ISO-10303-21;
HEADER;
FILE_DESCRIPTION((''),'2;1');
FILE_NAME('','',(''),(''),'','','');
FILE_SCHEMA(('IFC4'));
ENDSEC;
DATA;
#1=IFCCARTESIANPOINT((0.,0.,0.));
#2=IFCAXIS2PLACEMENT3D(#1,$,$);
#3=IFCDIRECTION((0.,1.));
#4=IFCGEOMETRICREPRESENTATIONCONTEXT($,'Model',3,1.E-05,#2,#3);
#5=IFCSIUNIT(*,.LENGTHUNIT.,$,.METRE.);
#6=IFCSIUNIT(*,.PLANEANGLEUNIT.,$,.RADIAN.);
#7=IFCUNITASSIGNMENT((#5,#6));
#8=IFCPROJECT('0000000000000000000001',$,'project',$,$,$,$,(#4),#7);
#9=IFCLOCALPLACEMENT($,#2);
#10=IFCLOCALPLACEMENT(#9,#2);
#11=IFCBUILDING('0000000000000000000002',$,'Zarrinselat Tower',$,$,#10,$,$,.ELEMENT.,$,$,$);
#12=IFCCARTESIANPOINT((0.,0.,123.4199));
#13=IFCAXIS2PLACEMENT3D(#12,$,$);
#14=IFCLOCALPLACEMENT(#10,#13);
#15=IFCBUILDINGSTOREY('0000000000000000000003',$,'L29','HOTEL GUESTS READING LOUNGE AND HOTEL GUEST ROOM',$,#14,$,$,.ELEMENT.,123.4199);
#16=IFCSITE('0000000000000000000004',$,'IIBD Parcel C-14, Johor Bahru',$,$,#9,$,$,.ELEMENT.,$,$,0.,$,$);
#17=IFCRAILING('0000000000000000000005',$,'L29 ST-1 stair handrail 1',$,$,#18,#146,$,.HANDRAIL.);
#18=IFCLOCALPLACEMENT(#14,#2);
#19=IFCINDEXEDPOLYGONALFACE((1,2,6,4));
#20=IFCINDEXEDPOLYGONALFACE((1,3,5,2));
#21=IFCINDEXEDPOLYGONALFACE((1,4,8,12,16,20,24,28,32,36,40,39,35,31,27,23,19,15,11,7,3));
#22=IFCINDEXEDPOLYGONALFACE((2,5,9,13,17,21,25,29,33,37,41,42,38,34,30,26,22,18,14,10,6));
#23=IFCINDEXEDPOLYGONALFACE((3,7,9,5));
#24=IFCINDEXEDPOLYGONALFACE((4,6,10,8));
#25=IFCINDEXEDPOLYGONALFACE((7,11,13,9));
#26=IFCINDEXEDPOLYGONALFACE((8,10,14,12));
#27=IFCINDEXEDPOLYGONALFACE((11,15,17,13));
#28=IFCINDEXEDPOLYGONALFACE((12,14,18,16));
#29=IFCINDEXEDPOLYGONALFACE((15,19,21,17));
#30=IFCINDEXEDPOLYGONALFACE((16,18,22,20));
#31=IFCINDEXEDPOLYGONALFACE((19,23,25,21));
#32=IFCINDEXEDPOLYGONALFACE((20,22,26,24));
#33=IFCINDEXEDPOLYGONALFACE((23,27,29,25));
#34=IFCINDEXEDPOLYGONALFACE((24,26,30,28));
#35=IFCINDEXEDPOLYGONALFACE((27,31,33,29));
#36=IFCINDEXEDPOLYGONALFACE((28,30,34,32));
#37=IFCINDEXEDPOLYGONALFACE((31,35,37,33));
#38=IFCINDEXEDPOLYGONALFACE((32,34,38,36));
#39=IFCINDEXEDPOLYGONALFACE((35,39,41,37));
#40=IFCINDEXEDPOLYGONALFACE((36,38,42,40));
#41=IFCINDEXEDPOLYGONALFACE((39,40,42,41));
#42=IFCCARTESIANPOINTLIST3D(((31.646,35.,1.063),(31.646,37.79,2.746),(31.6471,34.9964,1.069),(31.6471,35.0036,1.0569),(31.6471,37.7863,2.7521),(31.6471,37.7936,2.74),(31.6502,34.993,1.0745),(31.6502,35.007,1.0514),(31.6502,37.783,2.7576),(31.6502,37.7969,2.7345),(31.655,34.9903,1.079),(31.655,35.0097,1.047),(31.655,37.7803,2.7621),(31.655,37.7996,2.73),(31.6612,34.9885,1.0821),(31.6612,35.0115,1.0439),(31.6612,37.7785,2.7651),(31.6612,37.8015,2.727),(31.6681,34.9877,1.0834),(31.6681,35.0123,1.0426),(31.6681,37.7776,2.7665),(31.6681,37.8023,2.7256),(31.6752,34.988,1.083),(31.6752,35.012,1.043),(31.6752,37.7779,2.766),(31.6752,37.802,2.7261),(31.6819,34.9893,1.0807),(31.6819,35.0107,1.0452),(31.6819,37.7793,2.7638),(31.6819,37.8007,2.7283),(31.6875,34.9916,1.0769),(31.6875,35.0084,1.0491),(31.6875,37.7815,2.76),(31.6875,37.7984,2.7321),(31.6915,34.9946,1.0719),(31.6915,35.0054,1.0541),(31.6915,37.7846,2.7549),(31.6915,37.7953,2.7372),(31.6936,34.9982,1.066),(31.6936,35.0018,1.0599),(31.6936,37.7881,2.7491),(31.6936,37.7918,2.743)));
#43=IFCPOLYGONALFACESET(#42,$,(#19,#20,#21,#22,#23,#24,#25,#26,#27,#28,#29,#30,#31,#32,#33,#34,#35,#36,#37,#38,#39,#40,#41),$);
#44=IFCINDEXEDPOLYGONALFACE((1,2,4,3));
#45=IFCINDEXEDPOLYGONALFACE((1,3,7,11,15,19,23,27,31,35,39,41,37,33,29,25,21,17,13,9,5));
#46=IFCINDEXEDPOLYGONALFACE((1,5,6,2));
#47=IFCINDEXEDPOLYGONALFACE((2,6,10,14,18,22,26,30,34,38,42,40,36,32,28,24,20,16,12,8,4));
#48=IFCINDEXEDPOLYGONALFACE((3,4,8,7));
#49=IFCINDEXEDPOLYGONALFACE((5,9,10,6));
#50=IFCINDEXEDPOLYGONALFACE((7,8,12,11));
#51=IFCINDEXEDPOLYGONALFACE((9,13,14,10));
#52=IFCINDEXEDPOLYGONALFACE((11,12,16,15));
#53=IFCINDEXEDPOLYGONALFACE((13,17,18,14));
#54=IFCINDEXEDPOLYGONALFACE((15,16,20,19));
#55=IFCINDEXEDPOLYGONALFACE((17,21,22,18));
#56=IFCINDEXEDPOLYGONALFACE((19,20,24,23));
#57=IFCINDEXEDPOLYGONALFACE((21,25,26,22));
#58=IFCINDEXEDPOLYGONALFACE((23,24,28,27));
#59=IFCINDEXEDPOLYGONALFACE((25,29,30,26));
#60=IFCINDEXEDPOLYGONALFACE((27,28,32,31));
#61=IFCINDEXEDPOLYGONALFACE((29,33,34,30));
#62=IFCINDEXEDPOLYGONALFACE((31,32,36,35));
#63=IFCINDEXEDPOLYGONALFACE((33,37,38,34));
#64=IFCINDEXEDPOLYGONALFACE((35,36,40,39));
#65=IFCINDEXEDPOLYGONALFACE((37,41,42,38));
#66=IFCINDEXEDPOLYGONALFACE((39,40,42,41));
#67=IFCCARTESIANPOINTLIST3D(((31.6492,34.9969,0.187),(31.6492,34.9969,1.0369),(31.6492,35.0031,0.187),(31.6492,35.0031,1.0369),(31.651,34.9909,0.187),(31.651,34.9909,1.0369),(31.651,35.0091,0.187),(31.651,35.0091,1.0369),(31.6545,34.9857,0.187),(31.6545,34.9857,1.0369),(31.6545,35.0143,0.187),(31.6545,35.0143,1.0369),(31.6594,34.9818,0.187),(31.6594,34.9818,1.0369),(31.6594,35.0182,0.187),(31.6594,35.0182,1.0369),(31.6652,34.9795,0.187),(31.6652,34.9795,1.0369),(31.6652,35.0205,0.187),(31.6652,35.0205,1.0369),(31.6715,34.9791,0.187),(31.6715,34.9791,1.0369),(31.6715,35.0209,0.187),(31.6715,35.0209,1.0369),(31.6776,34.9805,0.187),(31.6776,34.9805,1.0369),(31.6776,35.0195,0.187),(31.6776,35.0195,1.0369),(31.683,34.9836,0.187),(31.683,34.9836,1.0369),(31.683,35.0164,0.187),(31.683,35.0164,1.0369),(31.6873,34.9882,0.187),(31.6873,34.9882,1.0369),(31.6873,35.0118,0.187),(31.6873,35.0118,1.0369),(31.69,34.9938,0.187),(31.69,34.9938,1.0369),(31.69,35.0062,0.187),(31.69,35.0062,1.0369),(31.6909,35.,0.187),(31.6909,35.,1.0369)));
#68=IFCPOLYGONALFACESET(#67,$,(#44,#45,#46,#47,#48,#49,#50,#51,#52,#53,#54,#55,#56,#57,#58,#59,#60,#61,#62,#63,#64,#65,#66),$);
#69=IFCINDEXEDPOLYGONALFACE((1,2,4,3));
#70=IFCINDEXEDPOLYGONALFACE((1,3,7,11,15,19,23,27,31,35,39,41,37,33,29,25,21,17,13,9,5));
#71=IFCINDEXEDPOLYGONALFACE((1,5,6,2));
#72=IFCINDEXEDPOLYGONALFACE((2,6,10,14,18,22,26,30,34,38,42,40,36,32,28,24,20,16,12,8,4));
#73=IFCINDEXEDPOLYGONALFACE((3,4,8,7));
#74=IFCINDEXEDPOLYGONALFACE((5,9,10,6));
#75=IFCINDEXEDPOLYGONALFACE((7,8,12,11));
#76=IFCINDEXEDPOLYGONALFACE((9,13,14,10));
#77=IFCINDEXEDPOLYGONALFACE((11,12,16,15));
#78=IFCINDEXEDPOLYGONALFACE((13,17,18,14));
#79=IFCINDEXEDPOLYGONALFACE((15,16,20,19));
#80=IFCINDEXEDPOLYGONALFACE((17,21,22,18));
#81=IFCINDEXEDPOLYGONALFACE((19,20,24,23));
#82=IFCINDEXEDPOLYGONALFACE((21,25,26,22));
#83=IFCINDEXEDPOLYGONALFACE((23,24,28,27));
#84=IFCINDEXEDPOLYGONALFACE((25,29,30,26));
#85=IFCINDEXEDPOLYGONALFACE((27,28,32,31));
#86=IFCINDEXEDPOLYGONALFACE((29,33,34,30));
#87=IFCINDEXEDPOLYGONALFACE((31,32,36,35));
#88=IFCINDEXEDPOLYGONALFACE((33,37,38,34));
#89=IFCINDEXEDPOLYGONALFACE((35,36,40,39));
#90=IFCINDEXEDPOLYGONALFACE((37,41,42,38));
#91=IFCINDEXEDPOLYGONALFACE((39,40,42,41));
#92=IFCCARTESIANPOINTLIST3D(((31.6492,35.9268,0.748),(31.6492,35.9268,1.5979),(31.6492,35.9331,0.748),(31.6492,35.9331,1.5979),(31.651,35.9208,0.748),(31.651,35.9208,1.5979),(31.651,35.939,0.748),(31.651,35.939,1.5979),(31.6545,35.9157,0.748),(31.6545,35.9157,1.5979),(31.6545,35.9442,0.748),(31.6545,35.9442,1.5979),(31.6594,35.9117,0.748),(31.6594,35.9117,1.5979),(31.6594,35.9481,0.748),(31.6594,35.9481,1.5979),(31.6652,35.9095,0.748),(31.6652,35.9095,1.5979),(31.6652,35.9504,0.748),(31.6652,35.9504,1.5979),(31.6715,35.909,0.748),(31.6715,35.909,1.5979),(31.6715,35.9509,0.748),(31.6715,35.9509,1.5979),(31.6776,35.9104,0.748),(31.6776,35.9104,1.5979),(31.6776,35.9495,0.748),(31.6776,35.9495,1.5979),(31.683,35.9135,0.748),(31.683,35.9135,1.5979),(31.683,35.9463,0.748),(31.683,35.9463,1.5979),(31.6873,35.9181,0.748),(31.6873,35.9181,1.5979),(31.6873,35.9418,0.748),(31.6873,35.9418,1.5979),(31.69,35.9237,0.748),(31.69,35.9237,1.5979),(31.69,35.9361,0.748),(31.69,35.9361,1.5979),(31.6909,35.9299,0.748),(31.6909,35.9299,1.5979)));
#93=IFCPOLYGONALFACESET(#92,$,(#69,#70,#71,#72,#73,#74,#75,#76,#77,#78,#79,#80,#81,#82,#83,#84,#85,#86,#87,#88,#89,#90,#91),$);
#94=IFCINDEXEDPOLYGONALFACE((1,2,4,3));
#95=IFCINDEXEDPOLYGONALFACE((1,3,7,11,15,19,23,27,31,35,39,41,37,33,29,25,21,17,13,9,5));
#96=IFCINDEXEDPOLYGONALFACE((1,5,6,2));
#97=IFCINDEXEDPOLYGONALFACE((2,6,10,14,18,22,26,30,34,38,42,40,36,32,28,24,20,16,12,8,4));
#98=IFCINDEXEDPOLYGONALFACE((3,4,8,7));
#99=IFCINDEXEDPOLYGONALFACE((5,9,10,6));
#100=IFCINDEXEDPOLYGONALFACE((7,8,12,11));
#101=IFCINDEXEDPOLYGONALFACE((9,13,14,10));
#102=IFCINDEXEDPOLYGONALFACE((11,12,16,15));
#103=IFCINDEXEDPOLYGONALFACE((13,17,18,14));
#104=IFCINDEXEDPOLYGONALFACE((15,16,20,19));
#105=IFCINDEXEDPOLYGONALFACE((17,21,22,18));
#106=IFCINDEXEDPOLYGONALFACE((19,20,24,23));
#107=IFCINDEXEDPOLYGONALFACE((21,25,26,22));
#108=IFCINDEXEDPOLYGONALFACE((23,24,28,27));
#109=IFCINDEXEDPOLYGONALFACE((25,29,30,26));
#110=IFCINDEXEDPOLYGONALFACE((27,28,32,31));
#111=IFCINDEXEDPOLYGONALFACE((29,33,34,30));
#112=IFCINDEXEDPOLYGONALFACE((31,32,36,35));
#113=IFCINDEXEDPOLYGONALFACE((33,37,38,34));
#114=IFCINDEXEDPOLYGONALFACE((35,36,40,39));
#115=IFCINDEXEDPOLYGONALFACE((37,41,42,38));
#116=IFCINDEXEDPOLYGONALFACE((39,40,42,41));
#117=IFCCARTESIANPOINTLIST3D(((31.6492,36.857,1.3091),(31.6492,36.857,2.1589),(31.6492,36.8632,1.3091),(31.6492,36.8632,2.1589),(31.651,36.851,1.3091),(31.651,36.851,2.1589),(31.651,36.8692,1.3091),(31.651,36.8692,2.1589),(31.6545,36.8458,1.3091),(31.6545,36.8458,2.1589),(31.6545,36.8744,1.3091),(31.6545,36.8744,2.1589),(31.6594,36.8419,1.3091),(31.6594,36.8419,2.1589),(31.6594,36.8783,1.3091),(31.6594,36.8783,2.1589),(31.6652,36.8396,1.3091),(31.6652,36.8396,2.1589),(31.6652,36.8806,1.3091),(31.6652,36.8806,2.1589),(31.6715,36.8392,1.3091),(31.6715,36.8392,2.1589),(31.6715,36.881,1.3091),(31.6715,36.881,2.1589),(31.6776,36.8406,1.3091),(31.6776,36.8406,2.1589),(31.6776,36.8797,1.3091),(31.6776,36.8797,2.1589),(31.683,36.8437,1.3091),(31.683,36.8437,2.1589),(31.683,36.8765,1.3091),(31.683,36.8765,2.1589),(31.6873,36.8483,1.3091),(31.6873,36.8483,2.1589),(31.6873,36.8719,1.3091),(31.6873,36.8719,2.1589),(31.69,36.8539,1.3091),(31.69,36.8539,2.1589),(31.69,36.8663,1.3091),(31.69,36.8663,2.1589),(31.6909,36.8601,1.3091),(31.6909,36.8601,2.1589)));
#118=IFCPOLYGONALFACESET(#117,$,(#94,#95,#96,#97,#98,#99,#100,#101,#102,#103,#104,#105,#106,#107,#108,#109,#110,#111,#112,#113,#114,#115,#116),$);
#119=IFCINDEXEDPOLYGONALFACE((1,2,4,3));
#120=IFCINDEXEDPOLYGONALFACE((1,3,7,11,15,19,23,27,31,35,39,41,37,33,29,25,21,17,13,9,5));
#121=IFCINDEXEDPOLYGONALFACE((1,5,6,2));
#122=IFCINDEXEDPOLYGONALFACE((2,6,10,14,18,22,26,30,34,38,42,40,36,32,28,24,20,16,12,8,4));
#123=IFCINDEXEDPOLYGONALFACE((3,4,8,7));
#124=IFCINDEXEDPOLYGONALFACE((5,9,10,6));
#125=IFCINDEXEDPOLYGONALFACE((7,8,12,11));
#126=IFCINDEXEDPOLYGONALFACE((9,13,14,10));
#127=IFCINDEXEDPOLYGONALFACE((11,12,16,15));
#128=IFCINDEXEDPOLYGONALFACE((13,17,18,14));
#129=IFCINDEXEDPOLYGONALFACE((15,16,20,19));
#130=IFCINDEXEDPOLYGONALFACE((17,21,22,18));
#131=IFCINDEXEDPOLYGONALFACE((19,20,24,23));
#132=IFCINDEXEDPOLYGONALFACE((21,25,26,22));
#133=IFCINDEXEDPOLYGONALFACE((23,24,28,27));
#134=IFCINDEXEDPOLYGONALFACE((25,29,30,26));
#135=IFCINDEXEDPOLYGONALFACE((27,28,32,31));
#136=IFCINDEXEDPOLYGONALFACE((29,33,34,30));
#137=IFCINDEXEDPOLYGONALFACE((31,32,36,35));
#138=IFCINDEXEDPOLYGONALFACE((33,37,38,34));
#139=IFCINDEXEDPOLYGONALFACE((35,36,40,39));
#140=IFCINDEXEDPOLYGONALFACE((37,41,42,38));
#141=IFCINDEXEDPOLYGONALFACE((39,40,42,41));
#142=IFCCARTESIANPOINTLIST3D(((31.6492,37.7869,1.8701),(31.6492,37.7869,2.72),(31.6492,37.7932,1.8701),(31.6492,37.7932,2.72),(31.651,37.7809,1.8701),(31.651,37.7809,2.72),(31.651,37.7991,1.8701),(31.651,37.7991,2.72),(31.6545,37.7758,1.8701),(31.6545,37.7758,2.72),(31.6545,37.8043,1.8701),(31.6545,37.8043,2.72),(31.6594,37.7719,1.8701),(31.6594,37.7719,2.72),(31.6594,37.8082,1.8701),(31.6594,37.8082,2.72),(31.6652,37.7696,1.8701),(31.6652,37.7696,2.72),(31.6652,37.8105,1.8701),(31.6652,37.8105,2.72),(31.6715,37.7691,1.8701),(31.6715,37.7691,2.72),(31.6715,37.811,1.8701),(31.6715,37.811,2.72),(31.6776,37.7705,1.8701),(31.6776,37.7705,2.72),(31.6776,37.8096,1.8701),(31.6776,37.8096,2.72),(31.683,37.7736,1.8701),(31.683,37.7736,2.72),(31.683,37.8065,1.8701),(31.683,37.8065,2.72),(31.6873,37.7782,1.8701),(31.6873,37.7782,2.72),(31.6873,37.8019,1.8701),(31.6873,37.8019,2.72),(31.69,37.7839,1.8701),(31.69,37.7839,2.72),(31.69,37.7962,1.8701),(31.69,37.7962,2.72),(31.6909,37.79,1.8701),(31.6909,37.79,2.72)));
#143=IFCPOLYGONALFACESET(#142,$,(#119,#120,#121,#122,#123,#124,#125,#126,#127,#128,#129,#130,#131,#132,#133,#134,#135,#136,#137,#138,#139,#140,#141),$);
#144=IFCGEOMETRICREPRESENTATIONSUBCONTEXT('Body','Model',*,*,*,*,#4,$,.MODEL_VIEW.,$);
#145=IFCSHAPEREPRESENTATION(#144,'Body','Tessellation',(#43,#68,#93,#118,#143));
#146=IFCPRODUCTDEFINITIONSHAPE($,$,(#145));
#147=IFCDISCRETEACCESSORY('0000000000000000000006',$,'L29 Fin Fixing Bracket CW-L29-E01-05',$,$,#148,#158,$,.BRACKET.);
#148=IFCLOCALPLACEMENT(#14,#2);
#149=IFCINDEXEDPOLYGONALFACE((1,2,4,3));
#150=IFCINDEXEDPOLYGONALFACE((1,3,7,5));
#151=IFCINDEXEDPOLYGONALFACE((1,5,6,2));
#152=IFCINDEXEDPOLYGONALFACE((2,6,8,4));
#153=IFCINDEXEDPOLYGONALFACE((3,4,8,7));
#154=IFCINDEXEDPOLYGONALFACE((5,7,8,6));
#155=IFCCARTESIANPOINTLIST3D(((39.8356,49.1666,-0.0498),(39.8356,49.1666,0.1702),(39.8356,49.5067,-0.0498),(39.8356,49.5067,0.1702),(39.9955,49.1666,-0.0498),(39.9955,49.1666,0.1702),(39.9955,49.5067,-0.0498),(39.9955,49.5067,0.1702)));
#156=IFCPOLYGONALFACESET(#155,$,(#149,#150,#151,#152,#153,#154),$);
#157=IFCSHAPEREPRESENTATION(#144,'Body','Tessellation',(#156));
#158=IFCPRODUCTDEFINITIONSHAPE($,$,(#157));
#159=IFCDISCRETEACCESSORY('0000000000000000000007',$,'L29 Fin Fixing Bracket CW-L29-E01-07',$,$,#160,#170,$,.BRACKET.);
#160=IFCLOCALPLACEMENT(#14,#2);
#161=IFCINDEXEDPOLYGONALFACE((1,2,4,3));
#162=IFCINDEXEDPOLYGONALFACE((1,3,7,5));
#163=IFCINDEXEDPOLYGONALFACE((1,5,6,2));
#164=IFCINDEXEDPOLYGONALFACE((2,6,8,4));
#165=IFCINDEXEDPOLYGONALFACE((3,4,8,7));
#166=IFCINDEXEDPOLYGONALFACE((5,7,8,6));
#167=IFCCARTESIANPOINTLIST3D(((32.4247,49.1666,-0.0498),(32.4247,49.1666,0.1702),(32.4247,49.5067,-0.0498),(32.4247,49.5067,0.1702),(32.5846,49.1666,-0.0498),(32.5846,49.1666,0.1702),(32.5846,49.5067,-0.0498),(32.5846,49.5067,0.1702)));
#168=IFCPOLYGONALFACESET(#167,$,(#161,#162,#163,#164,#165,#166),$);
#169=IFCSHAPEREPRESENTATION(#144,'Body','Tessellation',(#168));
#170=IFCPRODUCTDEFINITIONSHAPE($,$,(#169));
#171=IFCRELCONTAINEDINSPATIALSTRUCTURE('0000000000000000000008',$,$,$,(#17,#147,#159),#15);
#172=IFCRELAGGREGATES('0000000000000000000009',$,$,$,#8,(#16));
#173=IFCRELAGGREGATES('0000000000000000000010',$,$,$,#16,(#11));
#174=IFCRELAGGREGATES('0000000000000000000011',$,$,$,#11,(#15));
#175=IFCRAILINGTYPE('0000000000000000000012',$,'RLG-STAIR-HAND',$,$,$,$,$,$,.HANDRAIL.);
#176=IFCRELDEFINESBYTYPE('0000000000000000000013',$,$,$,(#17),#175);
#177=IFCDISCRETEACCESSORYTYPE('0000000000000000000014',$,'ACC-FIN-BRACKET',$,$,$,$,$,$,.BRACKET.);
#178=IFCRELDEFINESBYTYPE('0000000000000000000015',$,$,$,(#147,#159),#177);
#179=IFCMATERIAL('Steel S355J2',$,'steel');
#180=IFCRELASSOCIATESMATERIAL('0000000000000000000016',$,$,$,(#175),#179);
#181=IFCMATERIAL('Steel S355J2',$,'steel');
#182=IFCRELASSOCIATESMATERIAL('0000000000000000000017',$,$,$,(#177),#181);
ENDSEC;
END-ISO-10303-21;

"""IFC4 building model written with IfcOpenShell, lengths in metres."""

from ifc_helpers import new_model, si_unit, direction, frame, origin, origin_2d, place, context, subcontext, project, spatial, rectangle, circle, extrude, material, type_object, element, save


model = new_model("IFC4")

# Units and contexts
model_context = context("Model", 3, precision=1e-05, world=origin(), true_north=direction((0.0, 1.0)))
body_context = subcontext(model_context, "Body", "Model", "MODEL_VIEW")
ifc_project = project(units=[si_unit("LENGTHUNIT", "METRE"), si_unit("PLANEANGLEUNIT", "RADIAN")], contexts=[model_context])

# Site, building, storey
site_placement = place(None, origin())
site = spatial("IfcSite", under=ifc_project, at=site_placement, Name="IIBD Parcel C-14, Johor Bahru", CompositionType="ELEMENT", RefElevation=0.0)
building_placement = place(site_placement, origin())
building = spatial("IfcBuilding", under=site, at=building_placement, Name="Zarrinselat Tower", CompositionType="ELEMENT")
storey_placement = place(building_placement, frame((0.0, 0.0, 123.4199)))
storey = spatial("IfcBuildingStorey", under=building, at=storey_placement, Name="L29", Description="HOTEL GUESTS READING LOUNGE AND HOTEL GUEST ROOM", CompositionType="ELEMENT", Elevation=123.4199)

# Railing
ifc_material_1 = material(Name="Steel S355J2", Category="steel")
railing_type_1 = type_object("IfcRailingType", Name="RLG-STAIR-HAND", PredefinedType="HANDRAIL", material=ifc_material_1)
railing_1_placement = place(storey_placement, frame((31.6699, 35.0, 0.187)))
element("IfcRailing", 1, at=railing_1_placement, inside=storey, type_object=railing_type_1, Name="L29 ST-1 stair handrail 1", PredefinedType="HANDRAIL", context=body_context, shape_type="SweptSolid", body=[
    extrude(circle(Radius=0.0239, at=origin_2d()), frame((0.0, 0.0, 0.876), z_axis=(0.0, 0.856261, 0.516544), x_axis=(-1.0, 0.0, 0.0)), (0.0, 0.0, 1.0), 3.2583),
    extrude(circle(Radius=0.021, at=origin_2d()), origin(), (0.0, 0.0, 1.0), 0.8499),
    extrude(circle(Radius=0.021, at=origin_2d()), frame((0.0, 0.9299, 0.561)), (0.0, 0.0, 1.0), 0.8499),
    extrude(circle(Radius=0.021, at=origin_2d()), frame((0.0, 1.8601, 1.1221)), (0.0, 0.0, 1.0), 0.8499),
    extrude(circle(Radius=0.021, at=origin_2d()), frame((0.0, 2.79, 1.6831)), (0.0, 0.0, 1.0), 0.8499),
])

# Discrete accessories
ifc_material_2 = material(Name="Steel S355J2", Category="steel")
discrete_accessory_type = type_object("IfcDiscreteAccessoryType", Name="ACC-FIN-BRACKET", PredefinedType="BRACKET", material=ifc_material_2)
for number, where, z_axis, x_axis, name in (
    (2, (39.9155, 49.3367, -0.0498), (0.0, 0.0, 1.0), (0.0, 1.0, 0.0), "L29 Fin Fixing Bracket CW-L29-E01-05"),
    (3, (32.5046, 49.3367, -0.0498), (0.0, 0.0, 1.0), (0.0, 1.0, 0.0), "L29 Fin Fixing Bracket CW-L29-E01-07"),
):
    element("IfcDiscreteAccessory", number, at=place(storey_placement, frame(where, z_axis=z_axis, x_axis=x_axis)), inside=storey, type_object=discrete_accessory_type, Name=name, PredefinedType="BRACKET", context=body_context, shape_type="SweptSolid", body=[
        extrude(rectangle(XDim=0.3401, YDim=0.1599, at=origin_2d()), origin(), (0.0, 0.0, 1.0), 0.22),
    ])

save(model, "model.ifc")
